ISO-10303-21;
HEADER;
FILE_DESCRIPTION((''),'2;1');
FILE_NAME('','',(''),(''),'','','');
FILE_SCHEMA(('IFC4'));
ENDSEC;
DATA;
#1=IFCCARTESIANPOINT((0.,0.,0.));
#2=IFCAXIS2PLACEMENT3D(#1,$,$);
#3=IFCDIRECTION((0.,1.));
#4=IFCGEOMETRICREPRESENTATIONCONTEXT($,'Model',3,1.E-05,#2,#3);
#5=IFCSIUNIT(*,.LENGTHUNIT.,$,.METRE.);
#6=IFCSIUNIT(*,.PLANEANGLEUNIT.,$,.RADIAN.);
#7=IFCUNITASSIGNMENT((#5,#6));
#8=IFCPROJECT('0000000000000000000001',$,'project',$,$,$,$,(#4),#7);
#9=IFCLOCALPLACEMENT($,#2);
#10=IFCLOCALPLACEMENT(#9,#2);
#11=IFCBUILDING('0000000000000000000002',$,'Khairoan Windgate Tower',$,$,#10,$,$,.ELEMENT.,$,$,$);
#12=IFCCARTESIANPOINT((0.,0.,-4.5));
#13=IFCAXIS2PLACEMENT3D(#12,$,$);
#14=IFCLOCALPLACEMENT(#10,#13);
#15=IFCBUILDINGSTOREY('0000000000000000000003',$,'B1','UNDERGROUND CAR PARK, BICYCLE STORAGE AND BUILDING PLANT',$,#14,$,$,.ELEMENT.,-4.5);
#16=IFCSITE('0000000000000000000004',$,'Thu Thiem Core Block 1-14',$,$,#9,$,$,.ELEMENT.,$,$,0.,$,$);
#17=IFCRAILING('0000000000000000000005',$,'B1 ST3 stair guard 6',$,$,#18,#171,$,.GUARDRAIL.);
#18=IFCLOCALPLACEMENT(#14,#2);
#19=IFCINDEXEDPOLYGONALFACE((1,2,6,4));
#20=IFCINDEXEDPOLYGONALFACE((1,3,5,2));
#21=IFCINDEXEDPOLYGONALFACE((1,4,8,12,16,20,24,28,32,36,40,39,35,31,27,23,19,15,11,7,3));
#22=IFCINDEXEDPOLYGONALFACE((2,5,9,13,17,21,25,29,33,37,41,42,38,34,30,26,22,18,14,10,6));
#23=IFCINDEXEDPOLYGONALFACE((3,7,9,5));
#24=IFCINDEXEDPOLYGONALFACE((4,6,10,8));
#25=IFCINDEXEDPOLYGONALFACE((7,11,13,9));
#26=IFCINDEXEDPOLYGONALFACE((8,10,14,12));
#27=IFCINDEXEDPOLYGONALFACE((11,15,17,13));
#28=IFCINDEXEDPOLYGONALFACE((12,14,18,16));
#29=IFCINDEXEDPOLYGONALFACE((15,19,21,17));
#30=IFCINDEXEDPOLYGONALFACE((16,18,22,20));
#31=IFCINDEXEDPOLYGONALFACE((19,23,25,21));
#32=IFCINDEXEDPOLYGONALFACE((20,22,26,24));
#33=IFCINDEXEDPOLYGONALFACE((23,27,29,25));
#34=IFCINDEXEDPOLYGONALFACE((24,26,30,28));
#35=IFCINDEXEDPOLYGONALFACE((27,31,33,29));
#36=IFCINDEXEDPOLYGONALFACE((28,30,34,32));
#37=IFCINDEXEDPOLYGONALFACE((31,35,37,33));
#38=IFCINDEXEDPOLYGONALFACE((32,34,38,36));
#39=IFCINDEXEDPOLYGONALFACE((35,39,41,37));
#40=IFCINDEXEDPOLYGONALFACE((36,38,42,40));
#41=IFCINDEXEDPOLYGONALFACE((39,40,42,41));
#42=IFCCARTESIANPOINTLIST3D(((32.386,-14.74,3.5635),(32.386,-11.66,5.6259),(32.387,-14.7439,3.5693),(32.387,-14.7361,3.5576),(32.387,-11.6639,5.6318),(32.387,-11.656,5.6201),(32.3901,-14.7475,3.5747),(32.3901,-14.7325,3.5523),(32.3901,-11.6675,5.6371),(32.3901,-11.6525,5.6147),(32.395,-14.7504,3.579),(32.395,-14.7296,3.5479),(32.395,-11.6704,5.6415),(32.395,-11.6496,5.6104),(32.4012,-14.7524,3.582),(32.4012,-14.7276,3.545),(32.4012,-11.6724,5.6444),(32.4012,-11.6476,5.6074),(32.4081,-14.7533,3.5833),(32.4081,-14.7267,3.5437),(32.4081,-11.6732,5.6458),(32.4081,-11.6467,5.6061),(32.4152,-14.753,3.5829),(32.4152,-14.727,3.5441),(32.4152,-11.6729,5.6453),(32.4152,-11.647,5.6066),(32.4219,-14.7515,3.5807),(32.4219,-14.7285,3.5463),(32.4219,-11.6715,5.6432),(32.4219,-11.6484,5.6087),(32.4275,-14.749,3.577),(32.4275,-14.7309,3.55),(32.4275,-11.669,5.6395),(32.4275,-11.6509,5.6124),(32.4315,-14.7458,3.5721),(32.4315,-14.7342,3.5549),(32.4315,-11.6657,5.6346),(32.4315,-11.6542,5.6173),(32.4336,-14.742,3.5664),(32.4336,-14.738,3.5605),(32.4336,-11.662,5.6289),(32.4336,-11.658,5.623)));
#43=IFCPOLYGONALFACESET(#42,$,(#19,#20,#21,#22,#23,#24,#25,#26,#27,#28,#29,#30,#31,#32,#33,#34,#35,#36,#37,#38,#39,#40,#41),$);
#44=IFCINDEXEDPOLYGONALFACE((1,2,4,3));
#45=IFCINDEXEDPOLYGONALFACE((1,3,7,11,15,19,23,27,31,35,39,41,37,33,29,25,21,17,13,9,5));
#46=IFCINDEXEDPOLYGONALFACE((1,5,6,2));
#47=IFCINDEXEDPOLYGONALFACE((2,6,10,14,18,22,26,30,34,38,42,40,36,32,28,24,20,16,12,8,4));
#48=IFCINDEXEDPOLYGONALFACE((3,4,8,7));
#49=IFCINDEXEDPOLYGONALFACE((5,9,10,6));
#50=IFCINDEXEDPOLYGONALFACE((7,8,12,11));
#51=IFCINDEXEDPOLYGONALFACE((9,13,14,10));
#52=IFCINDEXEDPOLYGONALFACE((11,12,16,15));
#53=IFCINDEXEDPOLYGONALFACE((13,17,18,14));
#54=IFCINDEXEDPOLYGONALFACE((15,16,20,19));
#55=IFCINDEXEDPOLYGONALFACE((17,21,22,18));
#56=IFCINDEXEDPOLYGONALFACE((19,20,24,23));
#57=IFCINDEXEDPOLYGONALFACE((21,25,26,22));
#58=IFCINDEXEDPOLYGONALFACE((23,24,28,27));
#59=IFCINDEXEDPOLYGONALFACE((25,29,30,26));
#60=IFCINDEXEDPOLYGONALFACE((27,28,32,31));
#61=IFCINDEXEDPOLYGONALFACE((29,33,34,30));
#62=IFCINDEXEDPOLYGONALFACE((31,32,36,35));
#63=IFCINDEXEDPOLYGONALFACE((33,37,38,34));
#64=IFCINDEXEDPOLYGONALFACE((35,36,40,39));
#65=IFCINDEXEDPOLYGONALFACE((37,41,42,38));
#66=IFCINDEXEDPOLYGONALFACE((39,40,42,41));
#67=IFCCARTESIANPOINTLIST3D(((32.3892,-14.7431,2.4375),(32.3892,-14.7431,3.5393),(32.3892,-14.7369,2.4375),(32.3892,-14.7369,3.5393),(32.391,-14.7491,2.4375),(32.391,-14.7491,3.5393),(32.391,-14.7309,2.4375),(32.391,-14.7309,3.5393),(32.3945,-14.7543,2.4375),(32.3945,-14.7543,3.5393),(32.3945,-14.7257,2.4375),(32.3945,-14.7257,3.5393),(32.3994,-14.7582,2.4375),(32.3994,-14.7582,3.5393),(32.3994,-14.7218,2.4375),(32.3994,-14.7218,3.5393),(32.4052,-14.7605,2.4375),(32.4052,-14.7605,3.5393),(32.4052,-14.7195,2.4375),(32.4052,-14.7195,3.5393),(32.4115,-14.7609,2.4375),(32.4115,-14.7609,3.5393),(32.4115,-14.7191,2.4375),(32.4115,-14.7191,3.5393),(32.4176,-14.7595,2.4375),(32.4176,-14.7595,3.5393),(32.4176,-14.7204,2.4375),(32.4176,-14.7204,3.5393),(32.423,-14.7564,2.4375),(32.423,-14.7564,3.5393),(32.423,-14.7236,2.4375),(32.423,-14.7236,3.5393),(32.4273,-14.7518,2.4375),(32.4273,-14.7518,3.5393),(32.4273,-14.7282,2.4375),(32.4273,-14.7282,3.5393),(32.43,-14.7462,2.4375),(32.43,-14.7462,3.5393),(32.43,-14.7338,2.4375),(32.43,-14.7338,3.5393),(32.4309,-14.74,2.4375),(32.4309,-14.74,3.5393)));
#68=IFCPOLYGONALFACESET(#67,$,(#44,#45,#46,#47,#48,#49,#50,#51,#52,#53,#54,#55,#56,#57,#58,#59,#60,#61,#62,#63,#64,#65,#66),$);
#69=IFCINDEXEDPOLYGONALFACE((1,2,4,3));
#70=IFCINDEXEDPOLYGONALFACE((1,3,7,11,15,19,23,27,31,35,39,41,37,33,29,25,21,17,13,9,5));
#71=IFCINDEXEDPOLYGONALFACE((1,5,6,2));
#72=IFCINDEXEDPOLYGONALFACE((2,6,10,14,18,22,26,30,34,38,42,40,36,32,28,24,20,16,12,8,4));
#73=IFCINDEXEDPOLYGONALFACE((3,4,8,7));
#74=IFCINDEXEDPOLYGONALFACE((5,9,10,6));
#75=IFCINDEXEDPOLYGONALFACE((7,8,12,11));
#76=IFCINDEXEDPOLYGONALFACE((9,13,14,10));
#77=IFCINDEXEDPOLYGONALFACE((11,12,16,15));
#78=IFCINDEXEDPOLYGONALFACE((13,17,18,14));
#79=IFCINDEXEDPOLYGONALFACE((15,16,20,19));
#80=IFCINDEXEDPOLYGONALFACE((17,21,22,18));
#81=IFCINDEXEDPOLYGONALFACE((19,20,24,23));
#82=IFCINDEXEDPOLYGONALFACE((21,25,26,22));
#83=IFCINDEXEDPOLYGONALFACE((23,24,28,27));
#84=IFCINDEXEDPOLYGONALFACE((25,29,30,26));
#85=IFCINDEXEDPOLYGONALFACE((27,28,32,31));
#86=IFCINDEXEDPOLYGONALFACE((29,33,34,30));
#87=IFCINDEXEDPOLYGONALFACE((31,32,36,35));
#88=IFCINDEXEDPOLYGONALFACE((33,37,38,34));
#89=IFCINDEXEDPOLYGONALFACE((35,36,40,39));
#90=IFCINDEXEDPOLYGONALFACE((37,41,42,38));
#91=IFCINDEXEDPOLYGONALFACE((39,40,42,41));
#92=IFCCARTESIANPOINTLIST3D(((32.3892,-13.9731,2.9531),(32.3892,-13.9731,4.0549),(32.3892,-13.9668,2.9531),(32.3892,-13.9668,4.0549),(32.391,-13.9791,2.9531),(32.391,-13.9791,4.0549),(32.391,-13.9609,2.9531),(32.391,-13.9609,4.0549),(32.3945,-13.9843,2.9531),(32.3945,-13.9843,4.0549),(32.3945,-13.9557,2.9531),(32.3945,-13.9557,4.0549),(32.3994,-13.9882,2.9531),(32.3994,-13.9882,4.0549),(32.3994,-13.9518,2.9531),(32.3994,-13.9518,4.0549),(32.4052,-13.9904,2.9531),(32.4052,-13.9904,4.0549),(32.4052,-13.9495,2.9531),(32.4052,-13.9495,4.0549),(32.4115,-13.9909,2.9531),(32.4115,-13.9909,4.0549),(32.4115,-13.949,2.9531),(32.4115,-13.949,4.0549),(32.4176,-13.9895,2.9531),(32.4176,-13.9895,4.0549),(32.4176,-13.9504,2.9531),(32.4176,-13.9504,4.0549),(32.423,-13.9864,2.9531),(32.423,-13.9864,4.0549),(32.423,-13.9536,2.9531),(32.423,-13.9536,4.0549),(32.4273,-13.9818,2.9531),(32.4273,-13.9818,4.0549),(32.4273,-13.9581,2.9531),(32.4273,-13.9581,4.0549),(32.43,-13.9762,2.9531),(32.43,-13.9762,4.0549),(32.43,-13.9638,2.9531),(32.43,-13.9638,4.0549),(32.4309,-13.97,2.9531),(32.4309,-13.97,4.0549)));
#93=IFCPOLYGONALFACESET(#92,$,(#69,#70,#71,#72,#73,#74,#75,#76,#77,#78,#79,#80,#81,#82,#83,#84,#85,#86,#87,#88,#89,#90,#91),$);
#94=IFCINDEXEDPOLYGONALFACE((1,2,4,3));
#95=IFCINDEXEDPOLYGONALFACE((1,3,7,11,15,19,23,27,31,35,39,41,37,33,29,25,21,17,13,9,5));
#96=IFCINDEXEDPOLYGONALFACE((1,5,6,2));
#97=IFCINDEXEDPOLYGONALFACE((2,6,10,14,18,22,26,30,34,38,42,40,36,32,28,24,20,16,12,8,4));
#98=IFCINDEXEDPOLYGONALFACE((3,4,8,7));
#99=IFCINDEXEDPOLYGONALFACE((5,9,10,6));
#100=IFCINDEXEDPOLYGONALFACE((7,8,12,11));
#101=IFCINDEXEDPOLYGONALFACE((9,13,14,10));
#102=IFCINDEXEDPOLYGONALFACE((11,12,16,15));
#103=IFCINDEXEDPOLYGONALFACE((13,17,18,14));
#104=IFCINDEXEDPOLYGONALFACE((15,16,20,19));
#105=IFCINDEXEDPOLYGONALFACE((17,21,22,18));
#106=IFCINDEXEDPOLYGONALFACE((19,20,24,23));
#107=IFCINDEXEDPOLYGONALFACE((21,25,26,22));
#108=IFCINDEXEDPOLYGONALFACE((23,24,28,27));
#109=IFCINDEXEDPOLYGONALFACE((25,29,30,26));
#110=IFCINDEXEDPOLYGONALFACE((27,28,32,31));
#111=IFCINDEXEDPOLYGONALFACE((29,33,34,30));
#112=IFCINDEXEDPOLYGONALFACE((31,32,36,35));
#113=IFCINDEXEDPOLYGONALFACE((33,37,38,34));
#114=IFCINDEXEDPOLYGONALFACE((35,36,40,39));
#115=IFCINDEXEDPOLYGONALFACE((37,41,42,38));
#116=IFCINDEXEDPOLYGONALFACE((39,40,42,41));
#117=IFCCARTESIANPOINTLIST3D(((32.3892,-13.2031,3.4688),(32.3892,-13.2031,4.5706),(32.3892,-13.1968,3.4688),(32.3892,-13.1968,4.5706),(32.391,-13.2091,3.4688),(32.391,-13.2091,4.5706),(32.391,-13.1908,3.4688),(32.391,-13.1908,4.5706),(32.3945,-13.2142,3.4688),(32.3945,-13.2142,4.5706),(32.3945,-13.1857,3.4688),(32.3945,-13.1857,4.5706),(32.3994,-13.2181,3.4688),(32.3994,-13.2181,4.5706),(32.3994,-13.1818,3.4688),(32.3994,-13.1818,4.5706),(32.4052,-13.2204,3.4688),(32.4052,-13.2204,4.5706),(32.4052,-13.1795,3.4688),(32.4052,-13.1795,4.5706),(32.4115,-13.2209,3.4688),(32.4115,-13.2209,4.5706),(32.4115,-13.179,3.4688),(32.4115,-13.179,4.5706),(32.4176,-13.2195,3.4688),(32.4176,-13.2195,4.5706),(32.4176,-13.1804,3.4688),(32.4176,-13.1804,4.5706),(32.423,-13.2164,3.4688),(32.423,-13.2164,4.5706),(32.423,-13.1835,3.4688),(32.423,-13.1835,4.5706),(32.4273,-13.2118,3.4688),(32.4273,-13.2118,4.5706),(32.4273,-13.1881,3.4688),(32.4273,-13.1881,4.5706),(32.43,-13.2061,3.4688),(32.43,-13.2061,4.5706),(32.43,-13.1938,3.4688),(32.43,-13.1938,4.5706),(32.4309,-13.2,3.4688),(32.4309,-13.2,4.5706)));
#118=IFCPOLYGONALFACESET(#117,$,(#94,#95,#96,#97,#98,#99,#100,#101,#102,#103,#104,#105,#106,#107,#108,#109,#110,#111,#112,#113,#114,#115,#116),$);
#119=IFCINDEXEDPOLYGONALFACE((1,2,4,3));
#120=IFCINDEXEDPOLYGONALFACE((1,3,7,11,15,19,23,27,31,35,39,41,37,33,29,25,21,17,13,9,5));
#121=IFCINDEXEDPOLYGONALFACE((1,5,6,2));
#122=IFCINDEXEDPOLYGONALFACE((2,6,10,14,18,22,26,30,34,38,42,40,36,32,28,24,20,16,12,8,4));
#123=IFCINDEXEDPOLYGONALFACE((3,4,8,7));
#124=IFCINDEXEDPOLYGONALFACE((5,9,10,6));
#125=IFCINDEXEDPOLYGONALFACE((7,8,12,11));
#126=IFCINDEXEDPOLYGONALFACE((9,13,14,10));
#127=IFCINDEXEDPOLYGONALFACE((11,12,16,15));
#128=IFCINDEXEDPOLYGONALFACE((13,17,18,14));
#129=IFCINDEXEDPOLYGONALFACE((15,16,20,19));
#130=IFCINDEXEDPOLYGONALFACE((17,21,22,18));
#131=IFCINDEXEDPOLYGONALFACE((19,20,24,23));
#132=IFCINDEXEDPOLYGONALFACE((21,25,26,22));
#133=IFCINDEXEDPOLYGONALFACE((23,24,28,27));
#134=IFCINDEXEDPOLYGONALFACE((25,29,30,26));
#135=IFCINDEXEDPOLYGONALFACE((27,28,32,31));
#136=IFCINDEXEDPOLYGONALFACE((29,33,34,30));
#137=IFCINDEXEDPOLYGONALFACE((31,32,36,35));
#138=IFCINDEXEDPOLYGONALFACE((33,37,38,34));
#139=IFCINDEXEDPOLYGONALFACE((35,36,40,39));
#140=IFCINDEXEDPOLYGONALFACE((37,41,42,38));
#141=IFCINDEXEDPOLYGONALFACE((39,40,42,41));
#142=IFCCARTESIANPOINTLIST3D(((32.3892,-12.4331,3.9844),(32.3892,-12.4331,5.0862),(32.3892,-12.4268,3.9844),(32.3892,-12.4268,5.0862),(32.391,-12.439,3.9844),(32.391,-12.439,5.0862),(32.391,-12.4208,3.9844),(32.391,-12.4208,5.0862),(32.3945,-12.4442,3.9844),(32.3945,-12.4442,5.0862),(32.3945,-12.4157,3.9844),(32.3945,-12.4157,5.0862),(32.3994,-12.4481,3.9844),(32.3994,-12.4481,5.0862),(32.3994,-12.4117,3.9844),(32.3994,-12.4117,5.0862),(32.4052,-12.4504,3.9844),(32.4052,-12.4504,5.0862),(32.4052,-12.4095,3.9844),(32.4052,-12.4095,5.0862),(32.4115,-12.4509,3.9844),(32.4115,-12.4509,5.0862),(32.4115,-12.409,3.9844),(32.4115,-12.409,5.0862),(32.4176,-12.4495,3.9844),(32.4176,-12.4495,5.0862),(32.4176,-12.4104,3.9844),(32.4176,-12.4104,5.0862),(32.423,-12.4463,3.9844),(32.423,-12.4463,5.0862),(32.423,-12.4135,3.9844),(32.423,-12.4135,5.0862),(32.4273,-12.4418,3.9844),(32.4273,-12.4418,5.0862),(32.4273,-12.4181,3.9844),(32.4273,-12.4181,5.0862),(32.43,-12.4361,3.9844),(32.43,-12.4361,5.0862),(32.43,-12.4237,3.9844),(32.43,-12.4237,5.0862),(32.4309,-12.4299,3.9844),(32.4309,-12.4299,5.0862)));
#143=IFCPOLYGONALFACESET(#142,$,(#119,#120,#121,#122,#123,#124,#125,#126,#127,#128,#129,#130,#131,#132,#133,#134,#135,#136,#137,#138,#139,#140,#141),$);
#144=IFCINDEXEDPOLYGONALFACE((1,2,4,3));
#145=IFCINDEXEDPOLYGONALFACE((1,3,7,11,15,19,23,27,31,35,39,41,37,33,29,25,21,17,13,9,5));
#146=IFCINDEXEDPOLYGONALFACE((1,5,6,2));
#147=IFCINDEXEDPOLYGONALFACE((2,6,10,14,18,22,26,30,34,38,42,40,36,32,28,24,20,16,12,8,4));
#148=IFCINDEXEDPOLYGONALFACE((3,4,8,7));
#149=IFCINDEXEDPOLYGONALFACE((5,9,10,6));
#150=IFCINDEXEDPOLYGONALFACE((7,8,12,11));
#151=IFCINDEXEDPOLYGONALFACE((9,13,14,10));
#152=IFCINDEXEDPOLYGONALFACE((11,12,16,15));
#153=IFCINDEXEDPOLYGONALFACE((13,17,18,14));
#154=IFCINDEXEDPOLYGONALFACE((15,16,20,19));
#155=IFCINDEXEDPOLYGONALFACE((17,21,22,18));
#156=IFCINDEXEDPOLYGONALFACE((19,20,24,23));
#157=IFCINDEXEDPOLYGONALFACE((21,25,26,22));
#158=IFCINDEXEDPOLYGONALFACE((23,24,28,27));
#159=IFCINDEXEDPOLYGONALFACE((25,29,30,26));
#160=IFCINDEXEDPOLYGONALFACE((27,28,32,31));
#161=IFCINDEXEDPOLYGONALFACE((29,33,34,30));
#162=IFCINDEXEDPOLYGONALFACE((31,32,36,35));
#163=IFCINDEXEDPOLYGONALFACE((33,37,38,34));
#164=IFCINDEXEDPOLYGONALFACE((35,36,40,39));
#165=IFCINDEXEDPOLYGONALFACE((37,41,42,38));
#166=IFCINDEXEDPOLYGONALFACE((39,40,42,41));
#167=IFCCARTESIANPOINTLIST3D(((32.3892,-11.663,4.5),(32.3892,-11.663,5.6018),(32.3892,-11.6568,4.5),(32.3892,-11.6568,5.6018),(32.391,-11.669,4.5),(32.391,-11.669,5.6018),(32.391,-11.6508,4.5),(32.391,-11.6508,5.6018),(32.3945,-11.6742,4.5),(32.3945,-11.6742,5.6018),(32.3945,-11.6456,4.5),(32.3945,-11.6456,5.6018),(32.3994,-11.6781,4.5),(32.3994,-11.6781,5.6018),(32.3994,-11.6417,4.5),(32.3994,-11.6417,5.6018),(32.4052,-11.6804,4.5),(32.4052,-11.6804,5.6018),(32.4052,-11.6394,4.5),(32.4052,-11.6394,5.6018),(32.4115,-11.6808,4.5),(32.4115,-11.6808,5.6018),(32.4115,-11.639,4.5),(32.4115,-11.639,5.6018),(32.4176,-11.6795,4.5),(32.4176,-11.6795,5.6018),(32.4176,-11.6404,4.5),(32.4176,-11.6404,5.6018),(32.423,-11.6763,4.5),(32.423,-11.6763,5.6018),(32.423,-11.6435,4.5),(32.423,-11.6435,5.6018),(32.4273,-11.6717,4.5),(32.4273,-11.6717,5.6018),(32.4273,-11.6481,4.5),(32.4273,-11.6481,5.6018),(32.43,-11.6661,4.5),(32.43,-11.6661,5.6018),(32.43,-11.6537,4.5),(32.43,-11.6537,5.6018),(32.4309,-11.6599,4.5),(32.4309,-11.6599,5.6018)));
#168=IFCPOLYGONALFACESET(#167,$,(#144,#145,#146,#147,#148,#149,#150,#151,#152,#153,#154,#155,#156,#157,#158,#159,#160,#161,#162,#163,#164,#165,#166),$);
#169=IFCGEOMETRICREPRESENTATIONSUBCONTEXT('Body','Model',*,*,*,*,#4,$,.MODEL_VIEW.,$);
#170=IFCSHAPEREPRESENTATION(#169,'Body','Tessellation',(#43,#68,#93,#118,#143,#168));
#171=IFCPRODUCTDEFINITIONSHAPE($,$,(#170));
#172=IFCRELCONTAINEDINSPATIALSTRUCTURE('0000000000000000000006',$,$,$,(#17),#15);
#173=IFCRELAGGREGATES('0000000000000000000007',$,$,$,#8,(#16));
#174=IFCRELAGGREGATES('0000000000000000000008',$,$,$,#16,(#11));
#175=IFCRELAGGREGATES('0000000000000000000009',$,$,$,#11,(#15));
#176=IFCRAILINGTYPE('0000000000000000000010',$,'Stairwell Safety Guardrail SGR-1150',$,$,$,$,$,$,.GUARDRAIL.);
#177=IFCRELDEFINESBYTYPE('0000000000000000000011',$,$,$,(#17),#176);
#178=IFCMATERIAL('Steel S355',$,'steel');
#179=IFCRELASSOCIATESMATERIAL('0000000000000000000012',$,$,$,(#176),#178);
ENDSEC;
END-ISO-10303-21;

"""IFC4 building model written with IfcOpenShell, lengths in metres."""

from ifc_helpers import new_model, si_unit, direction, frame, origin, origin_2d, place, context, subcontext, project, spatial, circle, extrude, material, type_object, element, save


model = new_model("IFC4")

# Units and contexts
model_context = context("Model", 3, precision=1e-05, world=origin(), true_north=direction((0.0, 1.0)))
body_context = subcontext(model_context, "Body", "Model", "MODEL_VIEW")
ifc_project = project(units=[si_unit("LENGTHUNIT", "METRE"), si_unit("PLANEANGLEUNIT", "RADIAN")], contexts=[model_context])

# Site, building, storey
site_placement = place(None, origin())
site = spatial("IfcSite", under=ifc_project, at=site_placement, Name="Thu Thiem Core Block 1-14", CompositionType="ELEMENT", RefElevation=0.0)
building_placement = place(site_placement, origin())
building = spatial("IfcBuilding", under=site, at=building_placement, Name="Khairoan Windgate Tower", CompositionType="ELEMENT")
storey_placement = place(building_placement, frame((0.0, 0.0, -4.5)))
storey = spatial("IfcBuildingStorey", under=building, at=storey_placement, Name="B1", Description="UNDERGROUND CAR PARK, BICYCLE STORAGE AND BUILDING PLANT", CompositionType="ELEMENT", Elevation=-4.5)

# Railing
ifc_material_1 = material(Name="Steel S355", Category="steel")
railing_type_1 = type_object("IfcRailingType", Name="Stairwell Safety Guardrail SGR-1150", PredefinedType="GUARDRAIL", material=ifc_material_1)
railing_1_placement = place(storey_placement, frame((32.4099, -14.74, 2.4375)))
element("IfcRailing", 1, at=railing_1_placement, inside=storey, type_object=railing_type_1, Name="B1 ST3 stair guard 6", PredefinedType="GUARDRAIL", context=body_context, shape_type="SweptSolid", body=[
    extrude(circle(Radius=0.0239, at=origin_2d()), frame((0.0, 0.0, 1.126), z_axis=(0.0, 0.830914, 0.556401), x_axis=(-1.0, 0.0, 0.0)), (0.0, 0.0, 1.0), 3.7068),
    extrude(circle(Radius=0.021, at=origin_2d()), origin(), (0.0, 0.0, 1.0), 1.1018),
    extrude(circle(Radius=0.021, at=origin_2d()), frame((0.0, 0.77, 0.5156)), (0.0, 0.0, 1.0), 1.1018),
    extrude(circle(Radius=0.021, at=origin_2d()), frame((0.0, 1.54, 1.0312)), (0.0, 0.0, 1.0), 1.1018),
    extrude(circle(Radius=0.021, at=origin_2d()), frame((0.0, 2.3101, 1.5469)), (0.0, 0.0, 1.0), 1.1018),
    extrude(circle(Radius=0.021, at=origin_2d()), frame((0.0, 3.0801, 2.0625)), (0.0, 0.0, 1.0), 1.1018),
])

save(model, "model.ifc")
